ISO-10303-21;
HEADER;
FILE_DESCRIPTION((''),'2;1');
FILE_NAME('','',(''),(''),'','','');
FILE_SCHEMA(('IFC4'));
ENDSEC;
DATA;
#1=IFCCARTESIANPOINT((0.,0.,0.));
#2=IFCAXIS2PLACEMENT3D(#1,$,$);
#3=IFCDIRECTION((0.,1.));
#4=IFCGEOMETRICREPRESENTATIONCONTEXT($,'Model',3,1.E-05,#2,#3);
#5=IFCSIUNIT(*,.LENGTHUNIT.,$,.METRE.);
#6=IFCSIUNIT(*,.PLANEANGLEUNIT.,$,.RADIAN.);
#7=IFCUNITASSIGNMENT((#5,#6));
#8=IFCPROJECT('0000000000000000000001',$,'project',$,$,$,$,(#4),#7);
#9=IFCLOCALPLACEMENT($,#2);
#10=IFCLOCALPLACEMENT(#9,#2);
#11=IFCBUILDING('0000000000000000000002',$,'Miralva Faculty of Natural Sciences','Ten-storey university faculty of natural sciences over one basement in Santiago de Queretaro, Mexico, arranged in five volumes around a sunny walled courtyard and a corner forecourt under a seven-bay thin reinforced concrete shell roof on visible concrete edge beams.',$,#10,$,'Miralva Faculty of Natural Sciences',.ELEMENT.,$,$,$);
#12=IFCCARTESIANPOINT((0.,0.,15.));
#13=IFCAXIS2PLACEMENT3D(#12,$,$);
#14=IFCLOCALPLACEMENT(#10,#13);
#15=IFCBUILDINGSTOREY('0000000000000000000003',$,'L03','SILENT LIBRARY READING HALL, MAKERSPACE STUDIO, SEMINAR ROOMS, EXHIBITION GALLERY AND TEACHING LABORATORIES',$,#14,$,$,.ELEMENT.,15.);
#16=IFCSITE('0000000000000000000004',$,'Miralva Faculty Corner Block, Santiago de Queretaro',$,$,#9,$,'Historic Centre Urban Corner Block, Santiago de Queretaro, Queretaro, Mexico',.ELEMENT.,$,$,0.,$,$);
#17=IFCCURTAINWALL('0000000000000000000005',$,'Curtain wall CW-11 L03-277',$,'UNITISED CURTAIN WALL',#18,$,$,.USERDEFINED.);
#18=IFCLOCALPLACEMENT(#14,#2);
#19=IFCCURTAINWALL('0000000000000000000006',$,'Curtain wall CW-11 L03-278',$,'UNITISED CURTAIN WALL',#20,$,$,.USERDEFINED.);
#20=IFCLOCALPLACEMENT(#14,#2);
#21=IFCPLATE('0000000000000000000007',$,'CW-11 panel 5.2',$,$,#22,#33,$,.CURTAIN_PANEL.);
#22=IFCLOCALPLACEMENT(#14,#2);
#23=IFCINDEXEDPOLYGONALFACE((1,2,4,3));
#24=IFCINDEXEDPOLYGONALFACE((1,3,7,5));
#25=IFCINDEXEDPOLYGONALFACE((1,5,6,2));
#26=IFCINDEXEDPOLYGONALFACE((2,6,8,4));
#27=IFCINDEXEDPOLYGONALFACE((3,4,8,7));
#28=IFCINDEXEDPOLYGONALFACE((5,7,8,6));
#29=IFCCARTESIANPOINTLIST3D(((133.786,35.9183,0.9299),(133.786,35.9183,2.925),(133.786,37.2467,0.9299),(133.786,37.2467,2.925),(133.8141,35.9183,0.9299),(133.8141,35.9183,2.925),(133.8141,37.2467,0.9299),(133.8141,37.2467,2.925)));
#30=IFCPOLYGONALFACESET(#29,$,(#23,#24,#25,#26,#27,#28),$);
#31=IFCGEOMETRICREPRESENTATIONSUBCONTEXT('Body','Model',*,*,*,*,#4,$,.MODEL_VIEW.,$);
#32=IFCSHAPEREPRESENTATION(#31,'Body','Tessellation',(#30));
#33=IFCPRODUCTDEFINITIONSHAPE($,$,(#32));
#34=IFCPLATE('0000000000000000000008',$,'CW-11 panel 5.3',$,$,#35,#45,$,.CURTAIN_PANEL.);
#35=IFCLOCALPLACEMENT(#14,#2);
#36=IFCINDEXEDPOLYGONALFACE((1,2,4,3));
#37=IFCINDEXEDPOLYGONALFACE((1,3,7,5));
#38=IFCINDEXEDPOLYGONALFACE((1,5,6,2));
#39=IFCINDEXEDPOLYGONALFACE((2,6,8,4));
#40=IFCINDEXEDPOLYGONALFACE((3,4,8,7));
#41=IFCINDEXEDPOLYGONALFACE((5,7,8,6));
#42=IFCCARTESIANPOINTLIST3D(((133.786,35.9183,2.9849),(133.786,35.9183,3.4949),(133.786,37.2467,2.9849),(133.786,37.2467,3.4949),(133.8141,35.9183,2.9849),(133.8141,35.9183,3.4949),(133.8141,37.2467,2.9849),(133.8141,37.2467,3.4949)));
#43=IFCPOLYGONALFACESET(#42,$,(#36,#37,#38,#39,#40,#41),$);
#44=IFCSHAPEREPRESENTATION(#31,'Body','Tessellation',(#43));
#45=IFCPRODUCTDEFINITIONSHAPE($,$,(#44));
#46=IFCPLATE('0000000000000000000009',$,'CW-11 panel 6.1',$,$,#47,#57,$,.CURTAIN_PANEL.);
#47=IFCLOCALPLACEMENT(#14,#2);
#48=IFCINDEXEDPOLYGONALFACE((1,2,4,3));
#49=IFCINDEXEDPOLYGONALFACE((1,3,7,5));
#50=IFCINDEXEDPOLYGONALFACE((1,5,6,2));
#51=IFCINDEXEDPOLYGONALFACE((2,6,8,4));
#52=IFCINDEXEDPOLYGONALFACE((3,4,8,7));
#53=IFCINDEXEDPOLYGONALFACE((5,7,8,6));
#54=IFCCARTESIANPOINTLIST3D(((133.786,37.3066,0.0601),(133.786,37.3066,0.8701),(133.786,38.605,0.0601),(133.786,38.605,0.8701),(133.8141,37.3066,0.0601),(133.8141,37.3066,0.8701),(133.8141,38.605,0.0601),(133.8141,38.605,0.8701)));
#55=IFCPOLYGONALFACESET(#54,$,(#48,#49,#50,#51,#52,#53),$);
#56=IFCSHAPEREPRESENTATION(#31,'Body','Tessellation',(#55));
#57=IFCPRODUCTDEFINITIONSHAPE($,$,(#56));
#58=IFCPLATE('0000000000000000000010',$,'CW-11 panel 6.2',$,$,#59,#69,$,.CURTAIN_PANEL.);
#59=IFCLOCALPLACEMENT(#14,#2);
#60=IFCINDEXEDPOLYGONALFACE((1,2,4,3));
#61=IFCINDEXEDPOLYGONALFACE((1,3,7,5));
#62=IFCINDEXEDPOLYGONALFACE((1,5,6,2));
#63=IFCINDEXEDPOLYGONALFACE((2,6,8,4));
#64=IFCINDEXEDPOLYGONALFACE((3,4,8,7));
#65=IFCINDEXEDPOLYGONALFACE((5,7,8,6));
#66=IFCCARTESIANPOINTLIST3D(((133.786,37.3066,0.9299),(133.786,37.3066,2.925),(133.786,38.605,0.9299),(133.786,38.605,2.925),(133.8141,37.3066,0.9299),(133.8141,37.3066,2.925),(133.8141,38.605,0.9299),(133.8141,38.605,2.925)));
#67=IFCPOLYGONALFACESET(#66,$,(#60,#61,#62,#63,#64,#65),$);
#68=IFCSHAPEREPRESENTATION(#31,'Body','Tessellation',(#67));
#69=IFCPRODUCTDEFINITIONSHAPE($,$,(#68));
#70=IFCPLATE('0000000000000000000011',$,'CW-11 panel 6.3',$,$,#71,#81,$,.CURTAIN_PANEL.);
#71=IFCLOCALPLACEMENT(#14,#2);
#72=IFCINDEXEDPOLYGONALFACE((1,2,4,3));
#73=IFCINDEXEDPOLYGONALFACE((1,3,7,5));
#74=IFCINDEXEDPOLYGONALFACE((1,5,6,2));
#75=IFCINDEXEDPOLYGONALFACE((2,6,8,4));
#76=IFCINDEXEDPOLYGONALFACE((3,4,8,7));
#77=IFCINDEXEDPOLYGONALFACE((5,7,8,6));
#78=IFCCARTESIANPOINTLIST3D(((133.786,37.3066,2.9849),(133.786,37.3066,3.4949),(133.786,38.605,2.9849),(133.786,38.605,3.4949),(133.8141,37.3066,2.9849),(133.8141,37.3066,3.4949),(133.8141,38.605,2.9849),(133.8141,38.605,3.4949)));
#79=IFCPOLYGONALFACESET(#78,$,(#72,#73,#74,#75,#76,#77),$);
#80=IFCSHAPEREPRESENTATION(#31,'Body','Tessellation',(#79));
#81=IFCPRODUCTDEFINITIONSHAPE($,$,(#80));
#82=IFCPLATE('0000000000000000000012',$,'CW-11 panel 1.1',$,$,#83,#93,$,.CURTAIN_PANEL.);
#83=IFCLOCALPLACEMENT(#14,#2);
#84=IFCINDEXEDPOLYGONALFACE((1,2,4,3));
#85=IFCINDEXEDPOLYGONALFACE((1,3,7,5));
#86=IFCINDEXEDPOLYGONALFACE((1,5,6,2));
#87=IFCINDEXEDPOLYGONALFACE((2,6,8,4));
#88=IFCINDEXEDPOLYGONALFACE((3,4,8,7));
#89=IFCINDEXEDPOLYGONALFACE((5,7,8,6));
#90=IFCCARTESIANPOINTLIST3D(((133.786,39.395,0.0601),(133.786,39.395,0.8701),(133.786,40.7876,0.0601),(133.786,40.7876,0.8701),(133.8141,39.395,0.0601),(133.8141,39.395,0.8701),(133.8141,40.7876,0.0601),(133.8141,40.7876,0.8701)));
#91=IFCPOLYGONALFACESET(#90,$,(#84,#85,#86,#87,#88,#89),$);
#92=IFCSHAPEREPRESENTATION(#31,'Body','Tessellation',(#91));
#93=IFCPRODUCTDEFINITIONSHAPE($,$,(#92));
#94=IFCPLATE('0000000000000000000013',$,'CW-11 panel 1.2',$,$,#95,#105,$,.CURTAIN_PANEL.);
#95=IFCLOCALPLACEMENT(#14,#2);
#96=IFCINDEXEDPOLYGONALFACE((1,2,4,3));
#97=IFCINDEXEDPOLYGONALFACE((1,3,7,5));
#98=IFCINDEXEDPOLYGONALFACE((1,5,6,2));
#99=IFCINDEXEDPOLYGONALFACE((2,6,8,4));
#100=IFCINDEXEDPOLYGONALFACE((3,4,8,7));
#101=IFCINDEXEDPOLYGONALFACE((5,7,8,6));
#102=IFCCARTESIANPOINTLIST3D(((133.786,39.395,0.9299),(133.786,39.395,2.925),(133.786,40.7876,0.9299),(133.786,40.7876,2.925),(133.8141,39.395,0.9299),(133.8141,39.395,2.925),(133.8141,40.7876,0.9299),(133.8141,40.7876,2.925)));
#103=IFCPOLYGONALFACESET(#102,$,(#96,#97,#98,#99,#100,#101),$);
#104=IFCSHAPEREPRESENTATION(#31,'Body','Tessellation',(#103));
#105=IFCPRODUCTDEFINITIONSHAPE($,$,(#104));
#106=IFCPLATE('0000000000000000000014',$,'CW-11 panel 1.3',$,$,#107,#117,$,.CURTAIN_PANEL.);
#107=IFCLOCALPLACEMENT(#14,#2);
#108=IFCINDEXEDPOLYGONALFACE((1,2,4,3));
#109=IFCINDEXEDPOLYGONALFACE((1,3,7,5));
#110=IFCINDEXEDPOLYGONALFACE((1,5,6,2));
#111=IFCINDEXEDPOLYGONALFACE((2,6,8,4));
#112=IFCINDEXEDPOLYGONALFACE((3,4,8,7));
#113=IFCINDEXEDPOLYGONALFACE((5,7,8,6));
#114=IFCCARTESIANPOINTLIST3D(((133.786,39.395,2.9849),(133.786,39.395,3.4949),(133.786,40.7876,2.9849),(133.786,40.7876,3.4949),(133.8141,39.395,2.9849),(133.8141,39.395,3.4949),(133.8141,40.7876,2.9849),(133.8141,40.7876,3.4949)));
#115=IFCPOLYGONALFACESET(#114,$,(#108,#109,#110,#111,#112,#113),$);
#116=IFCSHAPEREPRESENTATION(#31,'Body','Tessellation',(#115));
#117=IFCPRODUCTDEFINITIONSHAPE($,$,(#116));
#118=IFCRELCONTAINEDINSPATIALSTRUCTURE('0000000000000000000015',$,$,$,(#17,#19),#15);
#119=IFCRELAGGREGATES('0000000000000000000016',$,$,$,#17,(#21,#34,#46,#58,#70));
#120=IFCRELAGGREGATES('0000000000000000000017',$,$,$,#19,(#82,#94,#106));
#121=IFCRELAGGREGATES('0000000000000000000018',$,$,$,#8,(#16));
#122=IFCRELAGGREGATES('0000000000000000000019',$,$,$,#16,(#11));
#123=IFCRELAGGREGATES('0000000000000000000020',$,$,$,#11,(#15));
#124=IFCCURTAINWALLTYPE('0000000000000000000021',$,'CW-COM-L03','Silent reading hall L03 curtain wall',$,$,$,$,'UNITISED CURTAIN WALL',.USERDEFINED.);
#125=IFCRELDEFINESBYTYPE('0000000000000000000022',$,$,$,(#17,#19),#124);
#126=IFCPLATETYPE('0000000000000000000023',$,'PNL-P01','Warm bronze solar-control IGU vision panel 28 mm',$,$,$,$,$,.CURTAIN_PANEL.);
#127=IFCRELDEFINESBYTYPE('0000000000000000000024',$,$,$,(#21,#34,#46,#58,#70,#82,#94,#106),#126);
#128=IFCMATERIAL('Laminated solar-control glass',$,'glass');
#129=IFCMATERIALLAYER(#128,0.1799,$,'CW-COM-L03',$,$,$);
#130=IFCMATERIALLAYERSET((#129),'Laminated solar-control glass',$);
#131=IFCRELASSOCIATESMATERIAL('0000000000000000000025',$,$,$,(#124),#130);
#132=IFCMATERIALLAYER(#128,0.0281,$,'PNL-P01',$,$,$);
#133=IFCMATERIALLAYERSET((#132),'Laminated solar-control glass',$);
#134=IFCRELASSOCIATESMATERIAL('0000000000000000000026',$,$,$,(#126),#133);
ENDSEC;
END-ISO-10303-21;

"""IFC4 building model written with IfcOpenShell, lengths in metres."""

from ifc_helpers import new_model, si_unit, direction, frame, origin, origin_2d, place, context, subcontext, project, spatial, rectangle, extrude, material, layer, layer_set, type_object, element, aggregate, save


model = new_model("IFC4")

# Units and contexts
model_context = context("Model", 3, precision=1e-05, world=origin(), true_north=direction((0.0, 1.0)))
body_context = subcontext(model_context, "Body", "Model", "MODEL_VIEW")
ifc_project = project(units=[si_unit("LENGTHUNIT", "METRE"), si_unit("PLANEANGLEUNIT", "RADIAN")], contexts=[model_context])

# Site, building, storey
site_placement = place(None, origin())
site = spatial("IfcSite", under=ifc_project, at=site_placement, Name="Miralva Faculty Corner Block, Santiago de Queretaro", LongName="Historic Centre Urban Corner Block, Santiago de Queretaro, Queretaro, Mexico", CompositionType="ELEMENT", RefElevation=0.0)
building_placement = place(site_placement, origin())
building = spatial("IfcBuilding", under=site, at=building_placement, Name="Miralva Faculty of Natural Sciences", Description="Ten-storey university faculty of natural sciences over one basement in Santiago de Queretaro, Mexico, arranged in five volumes around a sunny walled courtyard and a corner forecourt under a seven-bay thin reinforced concrete shell roof on visible concrete edge beams.", LongName="Miralva Faculty of Natural Sciences", CompositionType="ELEMENT")
storey_placement = place(building_placement, frame((0.0, 0.0, 15.0)))
storey = spatial("IfcBuildingStorey", under=building, at=storey_placement, Name="L03", Description="SILENT LIBRARY READING HALL, MAKERSPACE STUDIO, SEMINAR ROOMS, EXHIBITION GALLERY AND TEACHING LABORATORIES", CompositionType="ELEMENT", Elevation=15.0)

# Curtain walls
ifc_material_1 = material(Name="Laminated solar-control glass", Category="glass")
ifc_layer_1 = layer(ifc_material_1, 0.1799, Name="CW-COM-L03")
ifc_layer_set_1 = layer_set([ifc_layer_1], Name="Laminated solar-control glass")
curtain_wall_type = type_object("IfcCurtainWallType", Name="CW-COM-L03", Description="Silent reading hall L03 curtain wall", ElementType="UNITISED CURTAIN WALL", PredefinedType="USERDEFINED", material=ifc_layer_set_1)
curtain_wall_1_placement = place(storey_placement, origin())
curtain_wall_1 = element("IfcCurtainWall", 1, at=curtain_wall_1_placement, inside=storey, type_object=curtain_wall_type, Name="Curtain wall CW-11 L03-277", ObjectType="UNITISED CURTAIN WALL", PredefinedType="USERDEFINED")
curtain_wall_2_placement = place(storey_placement, origin())
curtain_wall_2 = element("IfcCurtainWall", 2, at=curtain_wall_2_placement, inside=storey, type_object=curtain_wall_type, Name="Curtain wall CW-11 L03-278", ObjectType="UNITISED CURTAIN WALL", PredefinedType="USERDEFINED")

# Plates
ifc_layer_2 = layer(ifc_material_1, 0.0281, Name="PNL-P01")
ifc_layer_set_2 = layer_set([ifc_layer_2], Name="Laminated solar-control glass")
plate_type = type_object("IfcPlateType", Name="PNL-P01", Description="Warm bronze solar-control IGU vision panel 28 mm", PredefinedType="CURTAIN_PANEL", material=ifc_layer_set_2)
plate_1_placement = place(storey_placement, frame((133.8, 36.5825, 0.9299), z_axis=(0.0, 0.0, 1.0), x_axis=(0.0, 1.0, 0.0)))
plate_1 = element("IfcPlate", 3, at=plate_1_placement, type_object=plate_type, Name="CW-11 panel 5.2", PredefinedType="CURTAIN_PANEL", context=body_context, shape_type="SweptSolid", body=[
    extrude(rectangle(XDim=1.3284, YDim=0.0281, at=origin_2d()), origin(), (0.0, 0.0, 1.0), 1.9951),
])
plate_2_placement = place(storey_placement, frame((133.8, 36.5825, 2.9849), z_axis=(0.0, 0.0, 1.0), x_axis=(0.0, 1.0, 0.0)))
plate_2 = element("IfcPlate", 4, at=plate_2_placement, type_object=plate_type, Name="CW-11 panel 5.3", PredefinedType="CURTAIN_PANEL", context=body_context, shape_type="SweptSolid", body=[
    extrude(rectangle(XDim=1.3284, YDim=0.0281, at=origin_2d()), origin(), (0.0, 0.0, 1.0), 0.51),
])
plate_3_placement = place(storey_placement, frame((133.8, 37.9558, 0.0601), z_axis=(0.0, 0.0, 1.0), x_axis=(0.0, 1.0, 0.0)))
plate_3 = element("IfcPlate", 5, at=plate_3_placement, type_object=plate_type, Name="CW-11 panel 6.1", PredefinedType="CURTAIN_PANEL", context=body_context, shape_type="SweptSolid", body=[
    extrude(rectangle(XDim=1.2983, YDim=0.0281, at=origin_2d()), origin(), (0.0, 0.0, 1.0), 0.8101),
])
plate_4_placement = place(storey_placement, frame((133.8, 37.9558, 0.9299), z_axis=(0.0, 0.0, 1.0), x_axis=(0.0, 1.0, 0.0)))
plate_4 = element("IfcPlate", 6, at=plate_4_placement, type_object=plate_type, Name="CW-11 panel 6.2", PredefinedType="CURTAIN_PANEL", context=body_context, shape_type="SweptSolid", body=[
    extrude(rectangle(XDim=1.2983, YDim=0.0281, at=origin_2d()), origin(), (0.0, 0.0, 1.0), 1.9951),
])
plate_5_placement = place(storey_placement, frame((133.8, 37.9558, 2.9849), z_axis=(0.0, 0.0, 1.0), x_axis=(0.0, 1.0, 0.0)))
plate_5 = element("IfcPlate", 7, at=plate_5_placement, type_object=plate_type, Name="CW-11 panel 6.3", PredefinedType="CURTAIN_PANEL", context=body_context, shape_type="SweptSolid", body=[
    extrude(rectangle(XDim=1.2983, YDim=0.0281, at=origin_2d()), origin(), (0.0, 0.0, 1.0), 0.51),
])
aggregate(curtain_wall_1, [plate_1, plate_2, plate_3, plate_4, plate_5])
plate_6_placement = place(storey_placement, frame((133.8, 40.0913, 0.0601), z_axis=(0.0, 0.0, 1.0), x_axis=(0.0, 1.0, 0.0)))
plate_6 = element("IfcPlate", 8, at=plate_6_placement, type_object=plate_type, Name="CW-11 panel 1.1", PredefinedType="CURTAIN_PANEL", context=body_context, shape_type="SweptSolid", body=[
    extrude(rectangle(XDim=1.3926, YDim=0.0281, at=origin_2d()), origin(), (0.0, 0.0, 1.0), 0.8101),
])
plate_7_placement = place(storey_placement, frame((133.8, 40.0913, 0.9299), z_axis=(0.0, 0.0, 1.0), x_axis=(0.0, 1.0, 0.0)))
plate_7 = element("IfcPlate", 9, at=plate_7_placement, type_object=plate_type, Name="CW-11 panel 1.2", PredefinedType="CURTAIN_PANEL", context=body_context, shape_type="SweptSolid", body=[
    extrude(rectangle(XDim=1.3926, YDim=0.0281, at=origin_2d()), origin(), (0.0, 0.0, 1.0), 1.9951),
])
plate_8_placement = place(storey_placement, frame((133.8, 40.0913, 2.9849), z_axis=(0.0, 0.0, 1.0), x_axis=(0.0, 1.0, 0.0)))
plate_8 = element("IfcPlate", 10, at=plate_8_placement, type_object=plate_type, Name="CW-11 panel 1.3", PredefinedType="CURTAIN_PANEL", context=body_context, shape_type="SweptSolid", body=[
    extrude(rectangle(XDim=1.3926, YDim=0.0281, at=origin_2d()), origin(), (0.0, 0.0, 1.0), 0.51),
])
aggregate(curtain_wall_2, [plate_6, plate_7, plate_8])

save(model, "model.ifc")
